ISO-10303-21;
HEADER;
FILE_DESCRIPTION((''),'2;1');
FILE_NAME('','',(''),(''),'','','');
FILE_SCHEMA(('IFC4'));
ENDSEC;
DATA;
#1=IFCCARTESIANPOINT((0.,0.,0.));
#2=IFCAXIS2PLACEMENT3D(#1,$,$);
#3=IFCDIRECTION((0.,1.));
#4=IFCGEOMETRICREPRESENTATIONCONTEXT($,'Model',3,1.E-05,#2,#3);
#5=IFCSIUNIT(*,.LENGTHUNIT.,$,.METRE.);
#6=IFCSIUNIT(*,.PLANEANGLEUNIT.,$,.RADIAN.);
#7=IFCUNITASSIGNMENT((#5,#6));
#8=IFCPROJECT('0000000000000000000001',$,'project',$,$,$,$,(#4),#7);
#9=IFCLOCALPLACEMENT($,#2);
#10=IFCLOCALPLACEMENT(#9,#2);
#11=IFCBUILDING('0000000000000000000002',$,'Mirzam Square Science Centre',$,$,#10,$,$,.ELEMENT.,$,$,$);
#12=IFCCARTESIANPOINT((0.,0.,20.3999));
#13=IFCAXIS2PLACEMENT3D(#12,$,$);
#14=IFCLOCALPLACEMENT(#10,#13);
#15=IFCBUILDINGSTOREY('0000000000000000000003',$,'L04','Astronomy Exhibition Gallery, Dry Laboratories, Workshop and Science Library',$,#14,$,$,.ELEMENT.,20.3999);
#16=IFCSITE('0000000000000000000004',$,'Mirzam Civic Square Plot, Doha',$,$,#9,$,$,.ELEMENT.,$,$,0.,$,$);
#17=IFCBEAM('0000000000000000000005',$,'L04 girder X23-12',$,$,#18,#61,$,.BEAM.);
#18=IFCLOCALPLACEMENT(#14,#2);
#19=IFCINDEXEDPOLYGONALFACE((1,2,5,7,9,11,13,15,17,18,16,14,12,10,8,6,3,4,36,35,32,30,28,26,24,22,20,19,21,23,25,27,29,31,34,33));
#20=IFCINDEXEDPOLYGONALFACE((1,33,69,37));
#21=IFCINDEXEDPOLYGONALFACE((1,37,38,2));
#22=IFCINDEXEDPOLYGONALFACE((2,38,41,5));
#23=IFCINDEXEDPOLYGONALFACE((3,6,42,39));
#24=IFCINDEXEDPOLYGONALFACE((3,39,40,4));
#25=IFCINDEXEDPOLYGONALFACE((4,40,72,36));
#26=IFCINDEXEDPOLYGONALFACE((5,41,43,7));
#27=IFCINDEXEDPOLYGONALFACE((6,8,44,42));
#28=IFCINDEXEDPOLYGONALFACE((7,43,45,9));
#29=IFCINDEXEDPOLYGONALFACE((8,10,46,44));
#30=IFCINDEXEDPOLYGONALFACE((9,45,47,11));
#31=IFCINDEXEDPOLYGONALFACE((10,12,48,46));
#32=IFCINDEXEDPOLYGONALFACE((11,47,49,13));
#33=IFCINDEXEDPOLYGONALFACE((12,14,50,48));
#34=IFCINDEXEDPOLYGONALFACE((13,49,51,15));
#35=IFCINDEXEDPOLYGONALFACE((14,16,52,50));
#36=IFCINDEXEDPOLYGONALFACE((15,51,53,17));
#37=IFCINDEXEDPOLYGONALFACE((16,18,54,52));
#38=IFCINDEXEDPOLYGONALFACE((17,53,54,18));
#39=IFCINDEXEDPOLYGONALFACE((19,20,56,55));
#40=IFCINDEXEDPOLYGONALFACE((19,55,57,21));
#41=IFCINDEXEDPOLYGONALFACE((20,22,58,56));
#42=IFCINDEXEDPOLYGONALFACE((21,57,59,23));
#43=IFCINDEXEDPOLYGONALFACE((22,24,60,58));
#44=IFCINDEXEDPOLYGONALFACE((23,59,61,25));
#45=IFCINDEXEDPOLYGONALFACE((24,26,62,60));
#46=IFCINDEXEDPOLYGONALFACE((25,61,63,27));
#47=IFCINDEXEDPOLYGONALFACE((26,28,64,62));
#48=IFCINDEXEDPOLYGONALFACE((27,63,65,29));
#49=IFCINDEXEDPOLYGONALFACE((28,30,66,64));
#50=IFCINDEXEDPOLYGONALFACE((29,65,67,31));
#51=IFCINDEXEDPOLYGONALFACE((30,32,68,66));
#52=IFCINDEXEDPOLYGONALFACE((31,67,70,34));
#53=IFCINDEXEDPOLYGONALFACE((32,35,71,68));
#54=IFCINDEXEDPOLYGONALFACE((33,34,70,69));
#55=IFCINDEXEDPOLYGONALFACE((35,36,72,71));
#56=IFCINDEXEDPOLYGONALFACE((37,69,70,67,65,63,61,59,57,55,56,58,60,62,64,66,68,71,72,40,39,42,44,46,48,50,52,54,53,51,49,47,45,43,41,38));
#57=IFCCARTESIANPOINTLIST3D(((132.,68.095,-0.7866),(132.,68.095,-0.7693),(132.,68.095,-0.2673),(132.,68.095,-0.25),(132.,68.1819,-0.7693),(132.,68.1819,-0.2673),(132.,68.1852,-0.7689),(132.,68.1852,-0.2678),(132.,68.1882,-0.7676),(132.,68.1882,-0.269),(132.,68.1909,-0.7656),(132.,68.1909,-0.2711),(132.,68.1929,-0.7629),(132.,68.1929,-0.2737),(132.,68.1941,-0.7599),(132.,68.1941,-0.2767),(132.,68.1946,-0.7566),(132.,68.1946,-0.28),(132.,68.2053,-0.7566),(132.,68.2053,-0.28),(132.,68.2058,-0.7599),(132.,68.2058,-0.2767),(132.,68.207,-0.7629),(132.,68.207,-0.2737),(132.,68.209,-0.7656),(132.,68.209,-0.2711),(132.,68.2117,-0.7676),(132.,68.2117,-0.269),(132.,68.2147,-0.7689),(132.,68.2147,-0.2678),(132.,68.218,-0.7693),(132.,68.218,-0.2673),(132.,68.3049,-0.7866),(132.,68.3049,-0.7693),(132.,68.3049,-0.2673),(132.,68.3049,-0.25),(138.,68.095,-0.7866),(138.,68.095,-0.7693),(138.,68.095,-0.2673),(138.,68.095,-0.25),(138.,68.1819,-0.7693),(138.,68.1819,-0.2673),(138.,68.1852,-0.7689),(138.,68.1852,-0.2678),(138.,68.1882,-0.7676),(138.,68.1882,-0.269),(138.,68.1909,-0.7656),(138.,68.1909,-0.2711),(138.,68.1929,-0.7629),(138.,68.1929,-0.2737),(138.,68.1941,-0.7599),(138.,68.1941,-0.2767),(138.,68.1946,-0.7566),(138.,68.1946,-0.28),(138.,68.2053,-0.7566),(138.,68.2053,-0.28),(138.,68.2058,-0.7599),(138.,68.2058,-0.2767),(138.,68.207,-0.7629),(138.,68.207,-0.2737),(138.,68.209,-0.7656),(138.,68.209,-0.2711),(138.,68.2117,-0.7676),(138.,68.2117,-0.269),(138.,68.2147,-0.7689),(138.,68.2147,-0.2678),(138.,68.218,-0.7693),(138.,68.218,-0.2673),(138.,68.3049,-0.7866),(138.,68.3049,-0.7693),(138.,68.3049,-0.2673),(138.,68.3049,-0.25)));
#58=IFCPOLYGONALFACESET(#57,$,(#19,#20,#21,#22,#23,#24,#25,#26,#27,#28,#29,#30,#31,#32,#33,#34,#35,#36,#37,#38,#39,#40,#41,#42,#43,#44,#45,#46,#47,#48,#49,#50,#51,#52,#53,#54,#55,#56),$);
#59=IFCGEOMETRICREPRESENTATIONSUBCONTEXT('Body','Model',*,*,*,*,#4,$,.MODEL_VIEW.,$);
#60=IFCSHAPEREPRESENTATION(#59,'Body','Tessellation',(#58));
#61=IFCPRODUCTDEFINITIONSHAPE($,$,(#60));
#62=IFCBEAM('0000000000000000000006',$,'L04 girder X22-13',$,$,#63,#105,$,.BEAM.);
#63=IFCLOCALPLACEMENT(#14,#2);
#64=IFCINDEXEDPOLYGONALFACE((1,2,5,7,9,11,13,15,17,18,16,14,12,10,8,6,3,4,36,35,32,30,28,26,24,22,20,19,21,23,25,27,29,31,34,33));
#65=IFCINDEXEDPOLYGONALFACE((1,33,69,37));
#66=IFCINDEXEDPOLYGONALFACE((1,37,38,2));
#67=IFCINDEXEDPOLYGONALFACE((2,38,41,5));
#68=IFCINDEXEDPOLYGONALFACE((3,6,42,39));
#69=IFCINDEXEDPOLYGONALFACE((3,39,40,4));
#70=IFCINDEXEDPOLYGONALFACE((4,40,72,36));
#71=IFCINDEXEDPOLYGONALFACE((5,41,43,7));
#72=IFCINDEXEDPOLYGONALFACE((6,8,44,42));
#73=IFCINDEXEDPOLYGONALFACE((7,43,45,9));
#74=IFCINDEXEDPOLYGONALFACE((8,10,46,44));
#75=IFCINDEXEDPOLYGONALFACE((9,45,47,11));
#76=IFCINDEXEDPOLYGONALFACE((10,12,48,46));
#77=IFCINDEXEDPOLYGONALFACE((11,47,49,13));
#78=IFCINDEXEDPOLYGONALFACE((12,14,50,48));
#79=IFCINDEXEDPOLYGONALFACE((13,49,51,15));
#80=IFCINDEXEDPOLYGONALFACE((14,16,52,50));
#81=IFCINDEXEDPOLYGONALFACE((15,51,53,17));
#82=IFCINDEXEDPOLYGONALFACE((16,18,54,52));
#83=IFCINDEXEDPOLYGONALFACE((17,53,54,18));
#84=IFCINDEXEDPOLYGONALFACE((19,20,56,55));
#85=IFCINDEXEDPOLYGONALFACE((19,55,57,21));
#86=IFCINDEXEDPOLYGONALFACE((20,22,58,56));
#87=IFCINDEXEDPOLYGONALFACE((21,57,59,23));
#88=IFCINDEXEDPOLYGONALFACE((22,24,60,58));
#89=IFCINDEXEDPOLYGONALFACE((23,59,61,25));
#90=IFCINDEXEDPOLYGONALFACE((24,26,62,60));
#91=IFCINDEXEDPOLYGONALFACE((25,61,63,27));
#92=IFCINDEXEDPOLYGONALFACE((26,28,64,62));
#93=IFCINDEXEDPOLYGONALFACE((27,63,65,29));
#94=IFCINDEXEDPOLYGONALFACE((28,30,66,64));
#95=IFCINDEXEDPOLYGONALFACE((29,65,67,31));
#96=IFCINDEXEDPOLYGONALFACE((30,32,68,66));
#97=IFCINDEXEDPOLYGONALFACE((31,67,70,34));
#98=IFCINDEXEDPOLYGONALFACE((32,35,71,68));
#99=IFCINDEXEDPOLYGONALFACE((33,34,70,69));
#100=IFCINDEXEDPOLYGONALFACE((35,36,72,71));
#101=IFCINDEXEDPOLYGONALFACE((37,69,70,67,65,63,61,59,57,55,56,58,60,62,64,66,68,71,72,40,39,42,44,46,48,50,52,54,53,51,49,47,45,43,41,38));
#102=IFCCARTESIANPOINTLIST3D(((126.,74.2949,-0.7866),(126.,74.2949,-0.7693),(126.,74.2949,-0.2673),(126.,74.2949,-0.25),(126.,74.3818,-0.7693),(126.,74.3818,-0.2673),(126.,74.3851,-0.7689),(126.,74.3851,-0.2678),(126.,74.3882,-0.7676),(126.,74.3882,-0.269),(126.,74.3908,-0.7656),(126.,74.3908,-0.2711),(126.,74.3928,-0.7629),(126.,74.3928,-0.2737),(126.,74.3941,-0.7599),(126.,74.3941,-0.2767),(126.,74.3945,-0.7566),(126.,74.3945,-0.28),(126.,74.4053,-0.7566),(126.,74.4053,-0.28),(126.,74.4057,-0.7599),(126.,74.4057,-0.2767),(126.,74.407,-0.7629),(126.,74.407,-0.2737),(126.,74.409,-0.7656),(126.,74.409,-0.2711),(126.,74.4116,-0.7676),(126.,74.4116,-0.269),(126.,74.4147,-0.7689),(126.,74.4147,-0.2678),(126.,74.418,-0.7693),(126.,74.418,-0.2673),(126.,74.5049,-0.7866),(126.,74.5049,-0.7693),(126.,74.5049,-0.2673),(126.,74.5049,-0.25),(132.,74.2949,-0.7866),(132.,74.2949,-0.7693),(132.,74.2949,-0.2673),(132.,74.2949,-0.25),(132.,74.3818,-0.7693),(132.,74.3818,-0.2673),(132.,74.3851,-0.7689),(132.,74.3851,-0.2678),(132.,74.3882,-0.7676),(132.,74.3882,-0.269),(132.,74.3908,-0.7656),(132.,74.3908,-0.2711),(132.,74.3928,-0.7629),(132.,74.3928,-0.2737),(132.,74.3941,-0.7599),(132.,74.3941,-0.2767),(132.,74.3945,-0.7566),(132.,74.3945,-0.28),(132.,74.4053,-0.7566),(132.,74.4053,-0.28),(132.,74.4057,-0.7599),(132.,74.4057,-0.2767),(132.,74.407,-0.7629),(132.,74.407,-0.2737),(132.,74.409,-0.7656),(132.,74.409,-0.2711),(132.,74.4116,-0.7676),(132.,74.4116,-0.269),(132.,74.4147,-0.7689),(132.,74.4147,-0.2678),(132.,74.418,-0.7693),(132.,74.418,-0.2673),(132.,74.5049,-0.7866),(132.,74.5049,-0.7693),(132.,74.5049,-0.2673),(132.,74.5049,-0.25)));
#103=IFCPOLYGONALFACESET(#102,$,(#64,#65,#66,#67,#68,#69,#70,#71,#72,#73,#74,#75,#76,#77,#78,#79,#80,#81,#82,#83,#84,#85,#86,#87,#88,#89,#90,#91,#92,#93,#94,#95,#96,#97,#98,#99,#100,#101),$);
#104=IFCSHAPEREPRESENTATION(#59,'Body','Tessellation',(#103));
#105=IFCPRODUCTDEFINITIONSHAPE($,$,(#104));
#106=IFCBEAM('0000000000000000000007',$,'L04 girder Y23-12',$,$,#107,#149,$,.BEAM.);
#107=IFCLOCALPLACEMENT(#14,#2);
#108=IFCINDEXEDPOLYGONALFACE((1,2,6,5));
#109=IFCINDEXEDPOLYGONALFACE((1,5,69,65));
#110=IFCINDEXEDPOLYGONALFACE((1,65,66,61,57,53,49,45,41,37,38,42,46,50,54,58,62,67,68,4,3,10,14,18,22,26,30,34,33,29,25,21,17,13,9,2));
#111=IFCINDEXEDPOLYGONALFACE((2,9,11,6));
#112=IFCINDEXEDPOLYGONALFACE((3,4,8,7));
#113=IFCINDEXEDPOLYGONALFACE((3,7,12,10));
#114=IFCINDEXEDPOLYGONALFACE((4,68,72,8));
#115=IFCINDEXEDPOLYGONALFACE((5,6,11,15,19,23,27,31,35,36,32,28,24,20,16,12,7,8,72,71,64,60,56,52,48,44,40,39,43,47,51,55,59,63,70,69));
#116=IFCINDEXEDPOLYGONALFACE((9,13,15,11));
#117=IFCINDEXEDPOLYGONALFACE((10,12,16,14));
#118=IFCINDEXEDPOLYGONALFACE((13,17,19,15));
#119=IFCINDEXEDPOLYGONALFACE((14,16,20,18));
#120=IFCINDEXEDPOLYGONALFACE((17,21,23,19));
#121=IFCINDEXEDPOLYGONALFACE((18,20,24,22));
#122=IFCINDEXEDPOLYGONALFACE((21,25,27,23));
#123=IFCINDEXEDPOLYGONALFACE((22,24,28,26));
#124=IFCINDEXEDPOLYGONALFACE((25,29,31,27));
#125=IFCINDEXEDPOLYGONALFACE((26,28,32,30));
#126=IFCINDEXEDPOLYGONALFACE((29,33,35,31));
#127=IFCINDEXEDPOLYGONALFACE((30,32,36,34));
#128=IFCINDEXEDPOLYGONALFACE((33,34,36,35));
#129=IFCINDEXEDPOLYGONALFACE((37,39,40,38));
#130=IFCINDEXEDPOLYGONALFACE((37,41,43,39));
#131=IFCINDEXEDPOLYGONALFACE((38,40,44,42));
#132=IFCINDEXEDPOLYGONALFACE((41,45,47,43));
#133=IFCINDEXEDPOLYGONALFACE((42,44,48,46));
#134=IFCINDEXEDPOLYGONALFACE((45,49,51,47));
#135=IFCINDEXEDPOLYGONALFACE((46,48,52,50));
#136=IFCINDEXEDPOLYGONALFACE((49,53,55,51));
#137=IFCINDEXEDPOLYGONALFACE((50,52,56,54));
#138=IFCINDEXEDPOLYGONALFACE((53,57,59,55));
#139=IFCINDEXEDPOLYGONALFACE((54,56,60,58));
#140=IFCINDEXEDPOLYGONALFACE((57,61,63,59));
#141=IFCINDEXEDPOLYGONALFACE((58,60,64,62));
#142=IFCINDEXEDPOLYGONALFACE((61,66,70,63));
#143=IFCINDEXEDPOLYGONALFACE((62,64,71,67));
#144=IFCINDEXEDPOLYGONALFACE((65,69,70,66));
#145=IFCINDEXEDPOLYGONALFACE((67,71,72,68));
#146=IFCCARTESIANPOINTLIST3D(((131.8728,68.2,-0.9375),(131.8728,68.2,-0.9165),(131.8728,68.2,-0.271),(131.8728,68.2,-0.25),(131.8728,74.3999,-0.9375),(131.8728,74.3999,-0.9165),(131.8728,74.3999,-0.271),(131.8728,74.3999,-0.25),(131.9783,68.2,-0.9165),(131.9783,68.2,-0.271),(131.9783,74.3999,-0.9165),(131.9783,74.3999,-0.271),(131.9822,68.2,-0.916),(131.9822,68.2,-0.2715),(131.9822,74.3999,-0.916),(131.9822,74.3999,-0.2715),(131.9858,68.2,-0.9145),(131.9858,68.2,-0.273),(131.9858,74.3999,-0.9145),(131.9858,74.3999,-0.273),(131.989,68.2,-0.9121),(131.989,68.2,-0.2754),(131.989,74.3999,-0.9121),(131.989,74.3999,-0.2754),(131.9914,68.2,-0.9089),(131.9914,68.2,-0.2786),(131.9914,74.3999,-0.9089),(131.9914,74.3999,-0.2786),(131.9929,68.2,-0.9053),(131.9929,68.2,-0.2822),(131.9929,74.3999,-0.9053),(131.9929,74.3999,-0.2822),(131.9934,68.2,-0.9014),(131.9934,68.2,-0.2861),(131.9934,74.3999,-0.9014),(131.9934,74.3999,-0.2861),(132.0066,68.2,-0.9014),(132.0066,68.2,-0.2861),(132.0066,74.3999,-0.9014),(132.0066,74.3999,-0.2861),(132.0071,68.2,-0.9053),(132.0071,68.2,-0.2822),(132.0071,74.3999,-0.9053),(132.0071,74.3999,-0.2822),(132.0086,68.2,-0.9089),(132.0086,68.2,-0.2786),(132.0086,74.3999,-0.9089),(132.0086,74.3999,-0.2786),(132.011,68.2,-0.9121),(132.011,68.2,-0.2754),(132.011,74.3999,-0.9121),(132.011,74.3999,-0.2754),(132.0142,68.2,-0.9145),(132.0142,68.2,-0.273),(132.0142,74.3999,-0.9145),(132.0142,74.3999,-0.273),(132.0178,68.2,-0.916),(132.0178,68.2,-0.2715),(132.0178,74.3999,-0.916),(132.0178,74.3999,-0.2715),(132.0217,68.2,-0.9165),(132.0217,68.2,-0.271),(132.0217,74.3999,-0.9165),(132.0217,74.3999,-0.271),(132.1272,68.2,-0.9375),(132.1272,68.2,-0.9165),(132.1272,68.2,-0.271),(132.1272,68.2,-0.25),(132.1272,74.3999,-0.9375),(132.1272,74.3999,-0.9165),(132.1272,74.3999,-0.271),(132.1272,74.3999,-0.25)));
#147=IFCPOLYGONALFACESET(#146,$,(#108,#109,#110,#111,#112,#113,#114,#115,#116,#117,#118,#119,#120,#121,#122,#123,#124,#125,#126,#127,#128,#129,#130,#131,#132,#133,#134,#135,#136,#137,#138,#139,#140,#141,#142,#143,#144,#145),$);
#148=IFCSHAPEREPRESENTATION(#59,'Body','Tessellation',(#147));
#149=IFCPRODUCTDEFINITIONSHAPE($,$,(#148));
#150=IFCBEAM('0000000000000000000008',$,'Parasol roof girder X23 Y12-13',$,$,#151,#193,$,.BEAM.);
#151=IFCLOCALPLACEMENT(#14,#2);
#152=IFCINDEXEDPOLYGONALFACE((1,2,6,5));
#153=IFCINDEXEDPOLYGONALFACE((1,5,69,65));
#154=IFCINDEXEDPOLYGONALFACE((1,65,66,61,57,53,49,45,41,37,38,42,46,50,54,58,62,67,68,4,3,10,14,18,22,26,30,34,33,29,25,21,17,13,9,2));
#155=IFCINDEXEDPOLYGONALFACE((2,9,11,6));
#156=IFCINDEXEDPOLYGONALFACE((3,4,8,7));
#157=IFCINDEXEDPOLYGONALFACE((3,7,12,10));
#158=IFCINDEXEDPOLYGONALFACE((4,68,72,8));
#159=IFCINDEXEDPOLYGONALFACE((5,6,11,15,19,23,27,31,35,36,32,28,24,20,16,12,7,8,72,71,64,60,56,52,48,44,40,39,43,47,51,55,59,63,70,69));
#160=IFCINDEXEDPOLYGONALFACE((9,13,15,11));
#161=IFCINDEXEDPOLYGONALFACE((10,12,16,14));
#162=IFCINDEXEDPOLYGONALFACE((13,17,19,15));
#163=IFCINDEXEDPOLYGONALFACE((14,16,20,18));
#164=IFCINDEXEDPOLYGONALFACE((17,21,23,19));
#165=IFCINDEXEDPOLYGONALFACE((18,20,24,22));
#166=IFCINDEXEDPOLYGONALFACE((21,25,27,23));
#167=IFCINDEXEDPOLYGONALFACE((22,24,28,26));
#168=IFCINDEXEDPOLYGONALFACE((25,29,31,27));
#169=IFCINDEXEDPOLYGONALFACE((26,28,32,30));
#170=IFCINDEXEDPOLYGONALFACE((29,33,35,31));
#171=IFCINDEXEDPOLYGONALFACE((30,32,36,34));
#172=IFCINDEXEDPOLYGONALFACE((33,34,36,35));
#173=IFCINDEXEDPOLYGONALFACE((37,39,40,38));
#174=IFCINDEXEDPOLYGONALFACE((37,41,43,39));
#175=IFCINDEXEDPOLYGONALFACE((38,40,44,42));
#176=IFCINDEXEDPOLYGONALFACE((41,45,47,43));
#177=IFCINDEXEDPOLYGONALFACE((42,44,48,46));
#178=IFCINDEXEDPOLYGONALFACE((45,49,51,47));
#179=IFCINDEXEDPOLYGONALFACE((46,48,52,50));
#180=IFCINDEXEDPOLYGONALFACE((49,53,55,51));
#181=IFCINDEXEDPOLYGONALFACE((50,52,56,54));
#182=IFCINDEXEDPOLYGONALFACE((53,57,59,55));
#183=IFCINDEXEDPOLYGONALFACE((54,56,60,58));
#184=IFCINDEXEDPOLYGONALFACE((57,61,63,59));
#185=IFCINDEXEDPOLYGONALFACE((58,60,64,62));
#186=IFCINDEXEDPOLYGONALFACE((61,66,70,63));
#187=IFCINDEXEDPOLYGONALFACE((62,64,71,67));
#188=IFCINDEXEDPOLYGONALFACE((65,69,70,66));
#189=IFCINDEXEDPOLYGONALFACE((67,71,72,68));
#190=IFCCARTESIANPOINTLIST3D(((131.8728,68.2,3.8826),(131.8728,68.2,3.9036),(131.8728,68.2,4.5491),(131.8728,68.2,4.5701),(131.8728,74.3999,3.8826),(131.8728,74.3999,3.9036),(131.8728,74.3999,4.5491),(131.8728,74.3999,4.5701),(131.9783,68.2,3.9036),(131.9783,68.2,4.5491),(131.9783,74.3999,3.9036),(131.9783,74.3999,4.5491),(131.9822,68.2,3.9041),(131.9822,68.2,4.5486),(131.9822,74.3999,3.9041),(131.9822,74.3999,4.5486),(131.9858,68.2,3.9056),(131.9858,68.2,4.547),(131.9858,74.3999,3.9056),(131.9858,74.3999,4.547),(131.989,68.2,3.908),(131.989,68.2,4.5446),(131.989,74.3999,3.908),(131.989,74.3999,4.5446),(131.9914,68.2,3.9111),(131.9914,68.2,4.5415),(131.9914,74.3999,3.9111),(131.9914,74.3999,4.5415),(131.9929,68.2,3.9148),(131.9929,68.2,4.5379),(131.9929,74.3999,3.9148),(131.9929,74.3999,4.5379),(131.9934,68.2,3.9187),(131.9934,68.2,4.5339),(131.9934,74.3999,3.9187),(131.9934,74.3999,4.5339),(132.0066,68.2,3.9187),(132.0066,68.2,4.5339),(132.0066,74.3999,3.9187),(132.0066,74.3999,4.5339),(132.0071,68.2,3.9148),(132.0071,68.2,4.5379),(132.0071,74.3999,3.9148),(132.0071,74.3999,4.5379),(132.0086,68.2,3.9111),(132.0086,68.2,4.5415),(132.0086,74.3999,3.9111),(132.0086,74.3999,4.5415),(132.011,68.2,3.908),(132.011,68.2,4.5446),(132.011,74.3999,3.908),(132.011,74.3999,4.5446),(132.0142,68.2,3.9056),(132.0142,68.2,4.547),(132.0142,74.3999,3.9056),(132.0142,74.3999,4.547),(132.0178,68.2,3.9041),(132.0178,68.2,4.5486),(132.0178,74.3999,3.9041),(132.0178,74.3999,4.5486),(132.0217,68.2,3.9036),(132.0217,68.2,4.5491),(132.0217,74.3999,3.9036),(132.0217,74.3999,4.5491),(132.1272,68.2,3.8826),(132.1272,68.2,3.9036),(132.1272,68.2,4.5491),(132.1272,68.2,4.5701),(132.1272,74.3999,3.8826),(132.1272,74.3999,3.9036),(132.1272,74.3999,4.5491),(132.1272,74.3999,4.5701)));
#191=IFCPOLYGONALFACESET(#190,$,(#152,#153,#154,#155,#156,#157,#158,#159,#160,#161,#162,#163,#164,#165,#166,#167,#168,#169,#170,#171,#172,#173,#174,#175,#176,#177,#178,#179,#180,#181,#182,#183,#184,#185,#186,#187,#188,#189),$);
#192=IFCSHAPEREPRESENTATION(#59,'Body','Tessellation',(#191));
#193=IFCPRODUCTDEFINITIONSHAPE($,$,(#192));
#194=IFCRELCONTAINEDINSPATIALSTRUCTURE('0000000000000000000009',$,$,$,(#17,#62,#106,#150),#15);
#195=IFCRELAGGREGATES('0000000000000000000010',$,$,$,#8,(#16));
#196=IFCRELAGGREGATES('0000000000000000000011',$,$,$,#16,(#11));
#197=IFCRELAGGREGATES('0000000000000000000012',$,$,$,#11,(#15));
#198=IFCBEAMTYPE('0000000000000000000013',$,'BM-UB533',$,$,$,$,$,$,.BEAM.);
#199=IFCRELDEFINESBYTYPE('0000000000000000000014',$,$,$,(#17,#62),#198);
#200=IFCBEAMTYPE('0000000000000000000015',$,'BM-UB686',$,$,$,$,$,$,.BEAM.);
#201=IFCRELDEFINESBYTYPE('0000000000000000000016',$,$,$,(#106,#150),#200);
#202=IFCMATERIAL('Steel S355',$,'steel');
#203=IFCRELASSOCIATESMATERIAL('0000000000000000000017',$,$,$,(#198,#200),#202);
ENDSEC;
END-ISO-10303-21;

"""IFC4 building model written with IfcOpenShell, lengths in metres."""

from ifc_helpers import new_model, si_unit, direction, frame, origin, origin_2d, place, context, subcontext, project, spatial, i_section, extrude, material, material_profile, profile_set, type_object, element, save


model = new_model("IFC4")

# Units and contexts
model_context = context("Model", 3, precision=1e-05, world=origin(), true_north=direction((0.0, 1.0)))
body_context = subcontext(model_context, "Body", "Model", "MODEL_VIEW")
ifc_project = project(units=[si_unit("LENGTHUNIT", "METRE"), si_unit("PLANEANGLEUNIT", "RADIAN")], contexts=[model_context])

# Site, building, storey
site_placement = place(None, origin())
site = spatial("IfcSite", under=ifc_project, at=site_placement, Name="Mirzam Civic Square Plot, Doha", CompositionType="ELEMENT", RefElevation=0.0)
building_placement = place(site_placement, origin())
building = spatial("IfcBuilding", under=site, at=building_placement, Name="Mirzam Square Science Centre", CompositionType="ELEMENT")
storey_placement = place(building_placement, frame((0.0, 0.0, 20.3999)))
storey = spatial("IfcBuildingStorey", under=building, at=storey_placement, Name="L04", Description="Astronomy Exhibition Gallery, Dry Laboratories, Workshop and Science Library", CompositionType="ELEMENT", Elevation=20.3999)

# Shared definitions
ifc_material_1 = material(Name="Steel S355", Category="steel")

# Beams
ifc_material_profile_1 = material_profile(ifc_material_1, i_section(OverallWidth=0.21, OverallDepth=0.5366, WebThickness=0.0107, FlangeThickness=0.0173, FilletRadius=0.0127, at=origin_2d()), Name="533x210x101UB")
ifc_profile_set_1 = profile_set([ifc_material_profile_1], Name="Steel S355")
beam_type_1 = type_object("IfcBeamType", Name="BM-UB533", PredefinedType="BEAM", material=ifc_profile_set_1)
for number, where, z_axis, x_axis, name in (
    (1, (132.0, 68.2, -0.5183), (1.0, 0.0, 0.0), (0.0, 1.0, 0.0), "L04 girder X23-12"),
    (2, (126.0, 74.3999, -0.5183), (1.0, 0.0, 0.0), (0.0, 1.0, 0.0), "L04 girder X22-13"),
):
    element("IfcBeam", number, at=place(storey_placement, frame(where, z_axis=z_axis, x_axis=x_axis)), inside=storey, type_object=beam_type_1, Name=name, PredefinedType="BEAM", context=body_context, shape_type="SweptSolid", body=[
        extrude(i_section(OverallWidth=0.21, OverallDepth=0.5366, WebThickness=0.0107, FlangeThickness=0.0173, FilletRadius=0.0127, at=origin_2d()), origin(), (0.0, 0.0, 1.0), 6.0),
    ])
ifc_material_profile_2 = material_profile(ifc_material_1, i_section(OverallWidth=0.2544, OverallDepth=0.6875, WebThickness=0.0132, FlangeThickness=0.021, FilletRadius=0.0151, at=origin_2d()), Name="686x254x152UB")
ifc_profile_set_2 = profile_set([ifc_material_profile_2], Name="Steel S355")
beam_type_2 = type_object("IfcBeamType", Name="BM-UB686", PredefinedType="BEAM", material=ifc_profile_set_2)
for number, where, z_axis, x_axis, name in (
    (3, (132.0, 68.2, -0.5938), (0.0, 1.0, 0.0), (-1.0, 0.0, 0.0), "L04 girder Y23-12"),
    (4, (132.0, 68.2, 4.2263), (0.0, 1.0, 0.0), (-1.0, 0.0, 0.0), "Parasol roof girder X23 Y12-13"),
):
    element("IfcBeam", number, at=place(storey_placement, frame(where, z_axis=z_axis, x_axis=x_axis)), inside=storey, type_object=beam_type_2, Name=name, PredefinedType="BEAM", context=body_context, shape_type="SweptSolid", body=[
        extrude(i_section(OverallWidth=0.2544, OverallDepth=0.6875, WebThickness=0.0132, FlangeThickness=0.021, FilletRadius=0.0151, at=origin_2d()), origin(), (0.0, 0.0, 1.0), 6.2),
    ])

save(model, "model.ifc")
